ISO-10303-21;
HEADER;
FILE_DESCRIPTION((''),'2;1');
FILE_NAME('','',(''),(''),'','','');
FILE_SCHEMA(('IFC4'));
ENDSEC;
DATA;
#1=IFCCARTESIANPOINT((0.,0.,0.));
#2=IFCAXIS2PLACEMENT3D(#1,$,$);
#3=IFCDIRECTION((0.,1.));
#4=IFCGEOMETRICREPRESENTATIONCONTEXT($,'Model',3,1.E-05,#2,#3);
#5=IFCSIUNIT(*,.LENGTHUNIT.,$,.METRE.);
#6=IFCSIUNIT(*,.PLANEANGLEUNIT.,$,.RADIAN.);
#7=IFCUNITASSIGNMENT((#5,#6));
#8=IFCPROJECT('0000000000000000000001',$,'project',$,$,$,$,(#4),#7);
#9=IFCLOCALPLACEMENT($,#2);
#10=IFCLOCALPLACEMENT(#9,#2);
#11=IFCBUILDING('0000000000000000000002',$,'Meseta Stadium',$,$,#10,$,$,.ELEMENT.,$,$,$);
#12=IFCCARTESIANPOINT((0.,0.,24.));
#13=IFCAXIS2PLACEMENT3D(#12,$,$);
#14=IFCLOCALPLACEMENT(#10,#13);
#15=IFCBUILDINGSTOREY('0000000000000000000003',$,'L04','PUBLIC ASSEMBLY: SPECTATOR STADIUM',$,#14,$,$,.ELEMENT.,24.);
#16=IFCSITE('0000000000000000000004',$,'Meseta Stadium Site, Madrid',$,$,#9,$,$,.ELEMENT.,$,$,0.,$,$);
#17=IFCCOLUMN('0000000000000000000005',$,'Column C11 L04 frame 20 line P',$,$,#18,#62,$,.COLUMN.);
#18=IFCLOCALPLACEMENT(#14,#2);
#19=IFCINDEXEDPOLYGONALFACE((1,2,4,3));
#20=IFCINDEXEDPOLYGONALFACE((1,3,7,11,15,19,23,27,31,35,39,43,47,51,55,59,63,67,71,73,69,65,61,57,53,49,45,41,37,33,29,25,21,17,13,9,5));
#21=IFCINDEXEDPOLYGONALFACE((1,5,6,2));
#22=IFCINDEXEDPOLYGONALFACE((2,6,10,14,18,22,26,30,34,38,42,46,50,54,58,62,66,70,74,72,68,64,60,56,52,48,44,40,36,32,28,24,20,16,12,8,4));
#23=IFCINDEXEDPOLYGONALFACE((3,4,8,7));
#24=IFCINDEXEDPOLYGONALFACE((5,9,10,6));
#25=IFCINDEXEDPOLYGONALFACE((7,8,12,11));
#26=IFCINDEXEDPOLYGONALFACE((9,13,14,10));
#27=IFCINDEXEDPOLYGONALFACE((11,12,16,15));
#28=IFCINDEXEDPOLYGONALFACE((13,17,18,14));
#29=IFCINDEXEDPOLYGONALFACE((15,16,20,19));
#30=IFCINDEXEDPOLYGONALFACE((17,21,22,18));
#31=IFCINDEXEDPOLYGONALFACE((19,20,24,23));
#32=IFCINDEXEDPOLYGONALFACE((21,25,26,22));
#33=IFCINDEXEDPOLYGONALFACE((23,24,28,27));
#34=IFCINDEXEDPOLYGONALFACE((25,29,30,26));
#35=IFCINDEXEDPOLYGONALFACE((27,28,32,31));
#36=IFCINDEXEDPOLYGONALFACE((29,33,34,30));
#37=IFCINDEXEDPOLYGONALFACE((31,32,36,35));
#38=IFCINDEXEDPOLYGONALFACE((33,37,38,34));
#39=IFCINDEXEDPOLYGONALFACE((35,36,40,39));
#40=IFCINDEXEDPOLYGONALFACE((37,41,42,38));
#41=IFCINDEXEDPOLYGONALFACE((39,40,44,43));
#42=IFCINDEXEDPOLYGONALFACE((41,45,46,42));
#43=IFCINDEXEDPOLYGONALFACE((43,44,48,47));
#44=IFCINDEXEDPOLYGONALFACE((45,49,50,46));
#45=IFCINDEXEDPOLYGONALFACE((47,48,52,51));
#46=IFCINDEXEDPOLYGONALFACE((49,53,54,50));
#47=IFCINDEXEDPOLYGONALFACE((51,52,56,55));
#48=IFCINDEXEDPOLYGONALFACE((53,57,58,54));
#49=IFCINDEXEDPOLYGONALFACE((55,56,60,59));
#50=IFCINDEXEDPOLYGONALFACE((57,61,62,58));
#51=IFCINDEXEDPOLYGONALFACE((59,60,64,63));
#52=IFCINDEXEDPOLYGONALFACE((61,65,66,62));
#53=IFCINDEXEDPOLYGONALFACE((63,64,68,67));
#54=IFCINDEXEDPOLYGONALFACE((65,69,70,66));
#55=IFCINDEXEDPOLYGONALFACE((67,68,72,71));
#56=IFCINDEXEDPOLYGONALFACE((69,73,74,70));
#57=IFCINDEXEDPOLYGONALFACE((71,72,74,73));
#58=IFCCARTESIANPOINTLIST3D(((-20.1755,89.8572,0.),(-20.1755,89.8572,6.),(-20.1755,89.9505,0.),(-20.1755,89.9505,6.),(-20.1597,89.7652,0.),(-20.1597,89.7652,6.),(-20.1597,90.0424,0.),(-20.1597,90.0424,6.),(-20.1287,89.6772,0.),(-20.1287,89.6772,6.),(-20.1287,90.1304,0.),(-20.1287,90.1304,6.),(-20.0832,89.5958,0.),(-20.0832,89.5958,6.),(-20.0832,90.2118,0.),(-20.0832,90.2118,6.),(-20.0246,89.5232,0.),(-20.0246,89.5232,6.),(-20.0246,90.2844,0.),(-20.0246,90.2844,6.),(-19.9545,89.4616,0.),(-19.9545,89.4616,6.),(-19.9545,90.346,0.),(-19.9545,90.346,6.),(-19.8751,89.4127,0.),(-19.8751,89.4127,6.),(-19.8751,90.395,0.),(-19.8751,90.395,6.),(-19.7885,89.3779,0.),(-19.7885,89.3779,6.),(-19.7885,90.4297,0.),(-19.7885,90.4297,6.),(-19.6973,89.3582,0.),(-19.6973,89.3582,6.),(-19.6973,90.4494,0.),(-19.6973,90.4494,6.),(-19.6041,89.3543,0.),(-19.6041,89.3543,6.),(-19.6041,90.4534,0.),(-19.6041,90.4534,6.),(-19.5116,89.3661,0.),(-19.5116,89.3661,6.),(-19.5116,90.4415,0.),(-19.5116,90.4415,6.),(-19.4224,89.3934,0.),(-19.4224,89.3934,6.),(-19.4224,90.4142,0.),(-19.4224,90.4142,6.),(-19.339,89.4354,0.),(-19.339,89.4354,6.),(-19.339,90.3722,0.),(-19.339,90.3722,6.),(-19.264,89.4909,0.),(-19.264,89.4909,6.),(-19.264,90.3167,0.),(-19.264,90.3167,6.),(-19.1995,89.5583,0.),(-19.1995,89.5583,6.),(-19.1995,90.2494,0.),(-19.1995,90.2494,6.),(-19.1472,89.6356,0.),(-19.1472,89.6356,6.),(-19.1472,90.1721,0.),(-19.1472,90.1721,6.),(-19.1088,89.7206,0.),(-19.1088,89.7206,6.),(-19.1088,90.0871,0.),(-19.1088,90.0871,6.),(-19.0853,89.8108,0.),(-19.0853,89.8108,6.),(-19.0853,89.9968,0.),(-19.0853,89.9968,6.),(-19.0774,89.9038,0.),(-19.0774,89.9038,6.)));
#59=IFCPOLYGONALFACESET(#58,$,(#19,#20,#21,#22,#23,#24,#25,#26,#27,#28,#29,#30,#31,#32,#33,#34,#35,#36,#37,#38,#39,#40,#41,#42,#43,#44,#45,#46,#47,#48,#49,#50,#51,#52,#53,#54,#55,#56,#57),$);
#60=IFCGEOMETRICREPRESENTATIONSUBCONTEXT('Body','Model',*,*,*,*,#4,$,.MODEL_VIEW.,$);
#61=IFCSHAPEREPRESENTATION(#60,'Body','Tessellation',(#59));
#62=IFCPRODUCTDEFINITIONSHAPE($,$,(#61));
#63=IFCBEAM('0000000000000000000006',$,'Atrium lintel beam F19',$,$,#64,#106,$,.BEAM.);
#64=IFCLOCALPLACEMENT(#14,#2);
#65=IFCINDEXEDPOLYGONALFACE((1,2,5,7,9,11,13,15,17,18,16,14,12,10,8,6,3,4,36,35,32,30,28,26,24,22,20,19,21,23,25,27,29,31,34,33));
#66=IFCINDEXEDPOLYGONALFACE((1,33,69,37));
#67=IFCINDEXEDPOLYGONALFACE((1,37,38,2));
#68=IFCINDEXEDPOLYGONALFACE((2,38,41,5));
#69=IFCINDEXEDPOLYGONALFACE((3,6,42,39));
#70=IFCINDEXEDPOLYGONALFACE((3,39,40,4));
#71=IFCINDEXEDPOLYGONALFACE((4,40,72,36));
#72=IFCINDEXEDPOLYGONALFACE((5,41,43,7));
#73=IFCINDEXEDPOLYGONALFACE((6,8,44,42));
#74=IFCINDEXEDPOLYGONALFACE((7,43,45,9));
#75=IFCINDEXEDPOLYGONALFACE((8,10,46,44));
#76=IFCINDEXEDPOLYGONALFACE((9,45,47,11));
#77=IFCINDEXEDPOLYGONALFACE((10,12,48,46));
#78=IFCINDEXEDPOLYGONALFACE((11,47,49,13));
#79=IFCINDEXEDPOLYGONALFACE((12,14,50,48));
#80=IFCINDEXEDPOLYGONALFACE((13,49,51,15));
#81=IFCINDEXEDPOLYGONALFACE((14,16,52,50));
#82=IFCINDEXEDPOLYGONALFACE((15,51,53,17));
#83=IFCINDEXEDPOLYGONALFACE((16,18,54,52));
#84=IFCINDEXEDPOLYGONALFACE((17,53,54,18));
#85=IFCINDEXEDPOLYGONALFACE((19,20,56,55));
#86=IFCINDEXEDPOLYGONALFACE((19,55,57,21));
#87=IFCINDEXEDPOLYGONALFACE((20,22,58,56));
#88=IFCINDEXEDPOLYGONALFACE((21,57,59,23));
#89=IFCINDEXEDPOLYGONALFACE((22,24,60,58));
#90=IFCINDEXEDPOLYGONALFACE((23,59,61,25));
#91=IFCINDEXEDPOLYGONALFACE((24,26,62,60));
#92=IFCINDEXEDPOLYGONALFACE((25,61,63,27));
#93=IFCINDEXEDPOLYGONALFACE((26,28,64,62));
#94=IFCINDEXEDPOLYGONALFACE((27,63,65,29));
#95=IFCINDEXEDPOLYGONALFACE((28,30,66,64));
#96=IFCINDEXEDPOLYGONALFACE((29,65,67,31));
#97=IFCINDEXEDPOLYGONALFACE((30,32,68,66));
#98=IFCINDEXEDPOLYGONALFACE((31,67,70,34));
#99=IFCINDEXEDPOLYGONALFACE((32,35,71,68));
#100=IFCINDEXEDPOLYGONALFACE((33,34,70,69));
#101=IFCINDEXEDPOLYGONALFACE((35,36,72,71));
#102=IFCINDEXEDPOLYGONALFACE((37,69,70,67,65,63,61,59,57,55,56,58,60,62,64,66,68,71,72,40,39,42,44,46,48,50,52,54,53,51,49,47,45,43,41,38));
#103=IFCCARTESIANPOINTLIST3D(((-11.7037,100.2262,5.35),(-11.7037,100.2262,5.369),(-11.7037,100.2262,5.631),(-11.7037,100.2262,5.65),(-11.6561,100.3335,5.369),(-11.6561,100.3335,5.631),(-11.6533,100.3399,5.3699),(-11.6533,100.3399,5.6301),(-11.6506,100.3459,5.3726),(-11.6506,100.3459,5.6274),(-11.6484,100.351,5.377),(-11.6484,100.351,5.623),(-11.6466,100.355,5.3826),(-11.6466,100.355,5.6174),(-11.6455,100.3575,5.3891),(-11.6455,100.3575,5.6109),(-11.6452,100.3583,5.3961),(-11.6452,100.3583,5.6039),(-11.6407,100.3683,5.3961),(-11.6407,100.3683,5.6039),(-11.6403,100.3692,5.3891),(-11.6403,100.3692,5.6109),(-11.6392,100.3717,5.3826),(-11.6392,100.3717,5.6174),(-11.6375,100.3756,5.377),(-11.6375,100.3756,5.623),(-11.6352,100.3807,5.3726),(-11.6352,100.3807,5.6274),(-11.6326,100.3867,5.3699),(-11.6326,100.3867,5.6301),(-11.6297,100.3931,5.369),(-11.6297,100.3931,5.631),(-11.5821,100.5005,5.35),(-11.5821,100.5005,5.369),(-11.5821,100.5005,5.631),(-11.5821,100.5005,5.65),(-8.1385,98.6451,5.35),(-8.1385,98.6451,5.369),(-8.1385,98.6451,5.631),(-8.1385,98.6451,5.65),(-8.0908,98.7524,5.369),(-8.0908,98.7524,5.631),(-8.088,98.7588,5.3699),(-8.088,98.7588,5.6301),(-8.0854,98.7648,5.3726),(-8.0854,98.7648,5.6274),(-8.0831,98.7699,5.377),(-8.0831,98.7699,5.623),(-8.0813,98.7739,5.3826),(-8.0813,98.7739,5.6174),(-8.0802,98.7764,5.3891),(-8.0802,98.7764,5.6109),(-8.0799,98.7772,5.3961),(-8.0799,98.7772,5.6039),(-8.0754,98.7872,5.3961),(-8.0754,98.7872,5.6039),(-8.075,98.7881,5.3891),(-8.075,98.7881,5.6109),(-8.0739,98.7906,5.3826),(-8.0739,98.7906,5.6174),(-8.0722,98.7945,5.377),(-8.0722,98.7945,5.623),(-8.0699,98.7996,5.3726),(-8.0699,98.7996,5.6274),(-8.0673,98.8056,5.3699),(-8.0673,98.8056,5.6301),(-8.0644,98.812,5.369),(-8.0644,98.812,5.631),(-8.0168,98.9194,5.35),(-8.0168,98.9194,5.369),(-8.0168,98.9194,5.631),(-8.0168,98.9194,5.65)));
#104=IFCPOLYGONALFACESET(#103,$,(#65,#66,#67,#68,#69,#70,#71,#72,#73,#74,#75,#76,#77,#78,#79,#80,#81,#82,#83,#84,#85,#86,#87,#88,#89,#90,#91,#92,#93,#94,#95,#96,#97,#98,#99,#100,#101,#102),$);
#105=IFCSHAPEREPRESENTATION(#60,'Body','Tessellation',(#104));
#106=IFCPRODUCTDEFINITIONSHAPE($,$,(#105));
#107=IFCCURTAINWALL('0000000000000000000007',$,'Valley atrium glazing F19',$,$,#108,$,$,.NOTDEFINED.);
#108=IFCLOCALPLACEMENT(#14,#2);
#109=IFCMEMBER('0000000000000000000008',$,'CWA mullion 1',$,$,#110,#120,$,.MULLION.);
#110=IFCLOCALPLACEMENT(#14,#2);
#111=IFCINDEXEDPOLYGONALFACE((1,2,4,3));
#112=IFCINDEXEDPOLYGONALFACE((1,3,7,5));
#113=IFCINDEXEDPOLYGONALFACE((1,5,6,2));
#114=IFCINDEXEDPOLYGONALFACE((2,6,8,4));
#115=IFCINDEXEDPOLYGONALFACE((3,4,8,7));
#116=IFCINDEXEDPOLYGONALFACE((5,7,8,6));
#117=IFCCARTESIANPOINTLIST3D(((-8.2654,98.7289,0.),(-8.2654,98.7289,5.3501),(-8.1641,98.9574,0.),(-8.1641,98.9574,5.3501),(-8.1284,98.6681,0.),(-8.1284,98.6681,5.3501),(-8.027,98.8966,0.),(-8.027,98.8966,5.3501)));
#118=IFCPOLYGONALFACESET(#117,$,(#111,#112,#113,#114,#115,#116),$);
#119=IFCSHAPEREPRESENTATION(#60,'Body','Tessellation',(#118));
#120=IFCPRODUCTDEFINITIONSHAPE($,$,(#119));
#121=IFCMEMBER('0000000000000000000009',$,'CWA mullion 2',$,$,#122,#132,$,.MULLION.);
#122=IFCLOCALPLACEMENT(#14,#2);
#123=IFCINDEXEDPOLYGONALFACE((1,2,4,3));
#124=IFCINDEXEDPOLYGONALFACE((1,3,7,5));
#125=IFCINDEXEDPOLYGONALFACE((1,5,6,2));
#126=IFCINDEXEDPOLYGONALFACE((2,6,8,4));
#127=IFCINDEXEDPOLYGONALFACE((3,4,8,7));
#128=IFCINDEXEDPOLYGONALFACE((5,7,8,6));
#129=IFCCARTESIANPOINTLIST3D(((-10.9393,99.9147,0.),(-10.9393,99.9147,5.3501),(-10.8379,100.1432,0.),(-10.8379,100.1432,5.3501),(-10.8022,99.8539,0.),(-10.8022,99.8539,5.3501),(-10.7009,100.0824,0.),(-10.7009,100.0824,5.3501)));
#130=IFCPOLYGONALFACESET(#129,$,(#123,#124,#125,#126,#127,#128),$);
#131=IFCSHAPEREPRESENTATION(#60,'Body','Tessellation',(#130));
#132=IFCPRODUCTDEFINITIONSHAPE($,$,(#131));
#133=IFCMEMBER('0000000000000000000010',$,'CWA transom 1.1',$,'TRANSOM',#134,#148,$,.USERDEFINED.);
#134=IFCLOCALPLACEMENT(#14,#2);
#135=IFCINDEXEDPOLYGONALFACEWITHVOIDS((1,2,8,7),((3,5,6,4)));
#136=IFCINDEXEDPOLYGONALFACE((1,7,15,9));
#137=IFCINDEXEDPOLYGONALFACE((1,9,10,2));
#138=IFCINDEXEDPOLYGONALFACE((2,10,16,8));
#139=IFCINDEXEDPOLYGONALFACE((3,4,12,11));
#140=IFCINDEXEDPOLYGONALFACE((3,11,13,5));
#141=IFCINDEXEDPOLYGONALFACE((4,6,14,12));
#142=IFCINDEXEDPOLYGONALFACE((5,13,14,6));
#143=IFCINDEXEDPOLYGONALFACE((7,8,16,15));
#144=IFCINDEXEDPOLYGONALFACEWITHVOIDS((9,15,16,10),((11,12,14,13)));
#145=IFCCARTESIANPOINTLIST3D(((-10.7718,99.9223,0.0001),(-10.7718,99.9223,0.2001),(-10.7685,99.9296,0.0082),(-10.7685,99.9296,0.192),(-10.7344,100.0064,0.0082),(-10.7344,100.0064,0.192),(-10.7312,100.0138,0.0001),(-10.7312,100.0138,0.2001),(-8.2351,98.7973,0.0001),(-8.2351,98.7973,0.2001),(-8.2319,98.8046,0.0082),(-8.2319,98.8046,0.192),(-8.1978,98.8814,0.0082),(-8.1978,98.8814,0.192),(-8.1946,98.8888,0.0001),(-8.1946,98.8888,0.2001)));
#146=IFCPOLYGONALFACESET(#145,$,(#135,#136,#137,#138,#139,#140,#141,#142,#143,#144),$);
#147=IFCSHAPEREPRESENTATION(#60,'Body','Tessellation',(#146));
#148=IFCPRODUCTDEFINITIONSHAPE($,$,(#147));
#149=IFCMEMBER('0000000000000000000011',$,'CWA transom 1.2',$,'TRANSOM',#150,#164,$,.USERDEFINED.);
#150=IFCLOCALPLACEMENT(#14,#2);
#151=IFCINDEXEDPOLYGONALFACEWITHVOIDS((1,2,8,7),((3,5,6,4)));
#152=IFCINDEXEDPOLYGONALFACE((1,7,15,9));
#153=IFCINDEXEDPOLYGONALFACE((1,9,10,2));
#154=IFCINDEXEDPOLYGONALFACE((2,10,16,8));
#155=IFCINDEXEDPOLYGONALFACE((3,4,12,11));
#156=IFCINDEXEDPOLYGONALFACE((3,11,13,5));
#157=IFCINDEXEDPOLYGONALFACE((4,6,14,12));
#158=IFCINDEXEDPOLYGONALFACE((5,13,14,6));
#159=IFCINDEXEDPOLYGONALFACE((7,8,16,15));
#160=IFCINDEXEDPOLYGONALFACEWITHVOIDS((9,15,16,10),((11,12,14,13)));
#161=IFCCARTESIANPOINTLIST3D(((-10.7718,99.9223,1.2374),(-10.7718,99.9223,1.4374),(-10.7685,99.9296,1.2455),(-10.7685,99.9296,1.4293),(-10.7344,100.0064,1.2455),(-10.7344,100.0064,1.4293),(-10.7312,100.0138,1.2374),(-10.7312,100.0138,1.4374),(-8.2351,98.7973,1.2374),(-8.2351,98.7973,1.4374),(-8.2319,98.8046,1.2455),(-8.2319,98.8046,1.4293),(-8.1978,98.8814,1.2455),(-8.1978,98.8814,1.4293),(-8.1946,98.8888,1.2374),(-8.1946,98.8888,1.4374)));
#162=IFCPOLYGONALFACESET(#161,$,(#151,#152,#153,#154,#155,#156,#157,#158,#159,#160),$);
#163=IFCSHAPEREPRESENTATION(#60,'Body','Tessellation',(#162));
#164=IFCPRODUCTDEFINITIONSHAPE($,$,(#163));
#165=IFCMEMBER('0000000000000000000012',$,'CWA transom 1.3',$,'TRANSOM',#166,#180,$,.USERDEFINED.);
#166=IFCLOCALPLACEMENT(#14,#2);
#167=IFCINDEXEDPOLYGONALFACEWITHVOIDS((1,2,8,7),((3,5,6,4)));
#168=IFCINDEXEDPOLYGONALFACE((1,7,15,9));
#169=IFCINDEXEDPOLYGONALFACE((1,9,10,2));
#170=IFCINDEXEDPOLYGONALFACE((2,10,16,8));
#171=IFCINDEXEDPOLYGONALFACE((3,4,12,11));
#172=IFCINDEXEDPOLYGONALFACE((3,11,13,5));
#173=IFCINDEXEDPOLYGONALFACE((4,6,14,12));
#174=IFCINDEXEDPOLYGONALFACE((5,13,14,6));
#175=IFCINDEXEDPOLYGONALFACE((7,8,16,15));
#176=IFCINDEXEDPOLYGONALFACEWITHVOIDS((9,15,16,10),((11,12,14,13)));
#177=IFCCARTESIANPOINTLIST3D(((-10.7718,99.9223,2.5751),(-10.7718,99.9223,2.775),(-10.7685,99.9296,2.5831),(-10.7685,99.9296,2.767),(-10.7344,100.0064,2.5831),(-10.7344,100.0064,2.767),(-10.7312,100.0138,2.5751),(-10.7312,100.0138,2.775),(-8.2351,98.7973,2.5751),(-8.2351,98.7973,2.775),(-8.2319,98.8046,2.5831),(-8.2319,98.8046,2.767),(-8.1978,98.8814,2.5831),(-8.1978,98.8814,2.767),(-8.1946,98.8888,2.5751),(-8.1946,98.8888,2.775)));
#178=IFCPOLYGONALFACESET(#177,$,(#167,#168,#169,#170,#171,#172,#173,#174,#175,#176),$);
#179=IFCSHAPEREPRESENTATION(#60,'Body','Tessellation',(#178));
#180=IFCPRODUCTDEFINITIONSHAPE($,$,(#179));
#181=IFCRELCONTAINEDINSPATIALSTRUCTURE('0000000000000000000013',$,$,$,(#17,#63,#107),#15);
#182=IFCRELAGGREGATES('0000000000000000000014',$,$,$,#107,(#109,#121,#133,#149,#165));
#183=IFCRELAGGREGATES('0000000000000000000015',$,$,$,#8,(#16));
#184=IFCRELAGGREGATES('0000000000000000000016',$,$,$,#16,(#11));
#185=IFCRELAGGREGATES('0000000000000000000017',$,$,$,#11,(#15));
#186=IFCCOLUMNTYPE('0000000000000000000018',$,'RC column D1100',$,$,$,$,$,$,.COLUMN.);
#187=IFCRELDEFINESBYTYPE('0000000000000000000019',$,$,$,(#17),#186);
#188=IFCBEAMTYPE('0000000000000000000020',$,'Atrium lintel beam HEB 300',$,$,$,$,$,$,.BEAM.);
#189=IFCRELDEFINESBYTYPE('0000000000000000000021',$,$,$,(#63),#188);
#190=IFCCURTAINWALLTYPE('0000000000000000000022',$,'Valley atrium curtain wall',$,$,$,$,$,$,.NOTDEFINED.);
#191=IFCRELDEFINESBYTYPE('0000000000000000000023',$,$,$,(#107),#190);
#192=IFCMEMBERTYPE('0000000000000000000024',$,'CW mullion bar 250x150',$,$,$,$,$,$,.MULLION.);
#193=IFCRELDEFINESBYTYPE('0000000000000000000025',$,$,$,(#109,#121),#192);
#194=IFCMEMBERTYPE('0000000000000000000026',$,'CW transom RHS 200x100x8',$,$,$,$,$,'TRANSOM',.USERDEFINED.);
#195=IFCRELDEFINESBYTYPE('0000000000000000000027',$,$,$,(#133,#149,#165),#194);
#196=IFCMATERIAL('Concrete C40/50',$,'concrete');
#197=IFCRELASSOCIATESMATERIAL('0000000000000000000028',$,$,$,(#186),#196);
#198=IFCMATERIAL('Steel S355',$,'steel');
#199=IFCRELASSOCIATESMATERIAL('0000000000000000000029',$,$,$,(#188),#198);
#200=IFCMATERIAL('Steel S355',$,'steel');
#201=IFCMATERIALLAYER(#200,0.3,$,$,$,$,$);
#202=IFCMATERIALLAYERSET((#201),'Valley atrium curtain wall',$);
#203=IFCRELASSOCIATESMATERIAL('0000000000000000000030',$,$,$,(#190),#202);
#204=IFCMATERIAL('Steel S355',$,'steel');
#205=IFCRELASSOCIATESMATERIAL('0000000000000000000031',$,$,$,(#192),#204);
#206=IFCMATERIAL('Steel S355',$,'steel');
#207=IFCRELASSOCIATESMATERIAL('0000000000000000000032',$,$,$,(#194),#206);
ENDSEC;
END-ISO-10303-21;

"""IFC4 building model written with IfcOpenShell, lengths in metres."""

from ifc_helpers import new_model, si_unit, direction, frame, origin, origin_2d, place, context, subcontext, project, spatial, rectangle, hollow_rectangle, circle, i_section, extrude, material, layer, layer_set, material_profile, profile_set, type_object, element, aggregate, save


model = new_model("IFC4")

# Units and contexts
model_context = context("Model", 3, precision=1e-05, world=origin(), true_north=direction((0.0, 1.0)))
body_context = subcontext(model_context, "Body", "Model", "MODEL_VIEW")
ifc_project = project(units=[si_unit("LENGTHUNIT", "METRE"), si_unit("PLANEANGLEUNIT", "RADIAN")], contexts=[model_context])

# Site, building, storey
site_placement = place(None, origin())
site = spatial("IfcSite", under=ifc_project, at=site_placement, Name="Meseta Stadium Site, Madrid", CompositionType="ELEMENT", RefElevation=0.0)
building_placement = place(site_placement, origin())
building = spatial("IfcBuilding", under=site, at=building_placement, Name="Meseta Stadium", CompositionType="ELEMENT")
storey_placement = place(building_placement, frame((0.0, 0.0, 24.0)))
storey = spatial("IfcBuildingStorey", under=building, at=storey_placement, Name="L04", Description="PUBLIC ASSEMBLY: SPECTATOR STADIUM", CompositionType="ELEMENT", Elevation=24.0)

# Column
ifc_material_1 = material(Name="Concrete C40/50", Category="concrete")
ifc_material_profile_1 = material_profile(ifc_material_1, circle(Radius=0.55, at=origin_2d()), Name="RC D1100")
ifc_profile_set_1 = profile_set([ifc_material_profile_1], Name="Concrete C40/50")
column_type = type_object("IfcColumnType", Name="RC column D1100", PredefinedType="COLUMN", material=ifc_profile_set_1)
column_placement = place(storey_placement, frame((-19.6274, 89.9038, 0.0), z_axis=(0.0, 0.0, 1.0), x_axis=(1.0, 0.0, 0.0)))
element("IfcColumn", 1, at=column_placement, inside=storey, type_object=column_type, Name="Column C11 L04 frame 20 line P", PredefinedType="COLUMN", context=body_context, shape_type="SweptSolid", body=[
    extrude(circle(Radius=0.55, at=origin_2d()), origin(), (0.0, 0.0, 1.0), 6.0),
])

# Beam
ifc_material_2 = material(Name="Steel S355", Category="steel")
ifc_material_profile_2 = material_profile(ifc_material_2, i_section(OverallWidth=0.3, OverallDepth=0.3, WebThickness=0.011, FlangeThickness=0.019, FilletRadius=0.0271, at=origin_2d()), Name="HEB 300")
ifc_profile_set_2 = profile_set([ifc_material_profile_2], Name="Steel S355")
beam_type_1 = type_object("IfcBeamType", Name="Atrium lintel beam HEB 300", PredefinedType="BEAM", material=ifc_profile_set_2)
beam_1_placement = place(storey_placement, frame((-8.0776, 98.7822, 5.5), z_axis=(-0.914142, 0.405395, 0.0), x_axis=(-0.405395, -0.914142, 0.0)))
element("IfcBeam", 2, at=beam_1_placement, inside=storey, type_object=beam_type_1, Name="Atrium lintel beam F19", PredefinedType="BEAM", context=body_context, shape_type="SweptSolid", body=[
    extrude(i_section(OverallWidth=0.3, OverallDepth=0.3, WebThickness=0.011, FlangeThickness=0.019, FilletRadius=0.0271, at=origin_2d()), origin(), (0.0, 0.0, 1.0), 3.9001),
])

# Curtain wall, members
ifc_material_3 = material(Name="Steel S355", Category="steel")
ifc_layer_1 = layer(ifc_material_3, 0.3)
ifc_layer_set_1 = layer_set([ifc_layer_1], Name="Valley atrium curtain wall")
curtain_wall_type = type_object("IfcCurtainWallType", Name="Valley atrium curtain wall", PredefinedType="NOTDEFINED", material=ifc_layer_set_1)
curtain_wall_placement = place(storey_placement, origin())
curtain_wall = element("IfcCurtainWall", 3, at=curtain_wall_placement, inside=storey, type_object=curtain_wall_type, Name="Valley atrium glazing F19", PredefinedType="NOTDEFINED")
ifc_material_4 = material(Name="Steel S355", Category="steel")
ifc_material_profile_3 = material_profile(ifc_material_4, rectangle(XDim=0.25, YDim=0.1499, at=origin_2d()), Name="CW 250x150")
ifc_profile_set_3 = profile_set([ifc_material_profile_3], Name="Steel S355")
member_type_1 = type_object("IfcMemberType", Name="CW mullion bar 250x150", PredefinedType="MULLION", material=ifc_profile_set_3)
member_1_placement = place(storey_placement, frame((-8.1462, 98.8127, 0.0), z_axis=(0.0, 0.0, 1.0), x_axis=(-0.405401, -0.914139, 0.0)))
member_1 = element("IfcMember", 4, at=member_1_placement, type_object=member_type_1, Name="CWA mullion 1", PredefinedType="MULLION", context=body_context, shape_type="SweptSolid", body=[
    extrude(rectangle(XDim=0.25, YDim=0.1499, at=origin_2d()), origin(), (0.0, 0.0, 1.0), 5.3501),
])
member_2_placement = place(storey_placement, frame((-10.8201, 99.9985, 0.0), z_axis=(0.0, 0.0, 1.0), x_axis=(-0.405401, -0.914139, 0.0)))
member_2 = element("IfcMember", 5, at=member_2_placement, type_object=member_type_1, Name="CWA mullion 2", PredefinedType="MULLION", context=body_context, shape_type="SweptSolid", body=[
    extrude(rectangle(XDim=0.25, YDim=0.1499, at=origin_2d()), origin(), (0.0, 0.0, 1.0), 5.3501),
])
ifc_material_5 = material(Name="Steel S355", Category="steel")
ifc_material_profile_4 = material_profile(ifc_material_5, hollow_rectangle(XDim=0.1001, YDim=0.2, WallThickness=0.0081, at=origin_2d()), Name="RHS 200x100x8")
ifc_profile_set_4 = profile_set([ifc_material_profile_4], Name="Steel S355")
member_type_2 = type_object("IfcMemberType", Name="CW transom RHS 200x100x8", ElementType="TRANSOM", PredefinedType="USERDEFINED", material=ifc_profile_set_4)
member_3_placement = place(storey_placement, frame((-8.2148, 98.843, 0.1001), z_axis=(-0.914131, 0.40542, 0.0), x_axis=(-0.40542, -0.914131, 0.0)))
member_3 = element("IfcMember", 6, at=member_3_placement, type_object=member_type_2, Name="CWA transom 1.1", ObjectType="TRANSOM", PredefinedType="USERDEFINED", context=body_context, shape_type="SweptSolid", body=[
    extrude(hollow_rectangle(XDim=0.1001, YDim=0.2, WallThickness=0.0081, at=origin_2d()), origin(), (0.0, 0.0, 1.0), 2.7749),
])
member_4_placement = place(storey_placement, frame((-8.2148, 98.843, 1.3374), z_axis=(-0.914131, 0.40542, 0.0), x_axis=(-0.40542, -0.914131, 0.0)))
member_4 = element("IfcMember", 7, at=member_4_placement, type_object=member_type_2, Name="CWA transom 1.2", ObjectType="TRANSOM", PredefinedType="USERDEFINED", context=body_context, shape_type="SweptSolid", body=[
    extrude(hollow_rectangle(XDim=0.1001, YDim=0.2, WallThickness=0.0081, at=origin_2d()), origin(), (0.0, 0.0, 1.0), 2.7749),
])
member_5_placement = place(storey_placement, frame((-8.2148, 98.843, 2.675), z_axis=(-0.914131, 0.40542, 0.0), x_axis=(-0.40542, -0.914131, 0.0)))
member_5 = element("IfcMember", 8, at=member_5_placement, type_object=member_type_2, Name="CWA transom 1.3", ObjectType="TRANSOM", PredefinedType="USERDEFINED", context=body_context, shape_type="SweptSolid", body=[
    extrude(hollow_rectangle(XDim=0.1001, YDim=0.2, WallThickness=0.0081, at=origin_2d()), origin(), (0.0, 0.0, 1.0), 2.7749),
])

aggregate(curtain_wall, [member_1, member_2, member_3, member_4, member_5])

save(model, "model.ifc")
